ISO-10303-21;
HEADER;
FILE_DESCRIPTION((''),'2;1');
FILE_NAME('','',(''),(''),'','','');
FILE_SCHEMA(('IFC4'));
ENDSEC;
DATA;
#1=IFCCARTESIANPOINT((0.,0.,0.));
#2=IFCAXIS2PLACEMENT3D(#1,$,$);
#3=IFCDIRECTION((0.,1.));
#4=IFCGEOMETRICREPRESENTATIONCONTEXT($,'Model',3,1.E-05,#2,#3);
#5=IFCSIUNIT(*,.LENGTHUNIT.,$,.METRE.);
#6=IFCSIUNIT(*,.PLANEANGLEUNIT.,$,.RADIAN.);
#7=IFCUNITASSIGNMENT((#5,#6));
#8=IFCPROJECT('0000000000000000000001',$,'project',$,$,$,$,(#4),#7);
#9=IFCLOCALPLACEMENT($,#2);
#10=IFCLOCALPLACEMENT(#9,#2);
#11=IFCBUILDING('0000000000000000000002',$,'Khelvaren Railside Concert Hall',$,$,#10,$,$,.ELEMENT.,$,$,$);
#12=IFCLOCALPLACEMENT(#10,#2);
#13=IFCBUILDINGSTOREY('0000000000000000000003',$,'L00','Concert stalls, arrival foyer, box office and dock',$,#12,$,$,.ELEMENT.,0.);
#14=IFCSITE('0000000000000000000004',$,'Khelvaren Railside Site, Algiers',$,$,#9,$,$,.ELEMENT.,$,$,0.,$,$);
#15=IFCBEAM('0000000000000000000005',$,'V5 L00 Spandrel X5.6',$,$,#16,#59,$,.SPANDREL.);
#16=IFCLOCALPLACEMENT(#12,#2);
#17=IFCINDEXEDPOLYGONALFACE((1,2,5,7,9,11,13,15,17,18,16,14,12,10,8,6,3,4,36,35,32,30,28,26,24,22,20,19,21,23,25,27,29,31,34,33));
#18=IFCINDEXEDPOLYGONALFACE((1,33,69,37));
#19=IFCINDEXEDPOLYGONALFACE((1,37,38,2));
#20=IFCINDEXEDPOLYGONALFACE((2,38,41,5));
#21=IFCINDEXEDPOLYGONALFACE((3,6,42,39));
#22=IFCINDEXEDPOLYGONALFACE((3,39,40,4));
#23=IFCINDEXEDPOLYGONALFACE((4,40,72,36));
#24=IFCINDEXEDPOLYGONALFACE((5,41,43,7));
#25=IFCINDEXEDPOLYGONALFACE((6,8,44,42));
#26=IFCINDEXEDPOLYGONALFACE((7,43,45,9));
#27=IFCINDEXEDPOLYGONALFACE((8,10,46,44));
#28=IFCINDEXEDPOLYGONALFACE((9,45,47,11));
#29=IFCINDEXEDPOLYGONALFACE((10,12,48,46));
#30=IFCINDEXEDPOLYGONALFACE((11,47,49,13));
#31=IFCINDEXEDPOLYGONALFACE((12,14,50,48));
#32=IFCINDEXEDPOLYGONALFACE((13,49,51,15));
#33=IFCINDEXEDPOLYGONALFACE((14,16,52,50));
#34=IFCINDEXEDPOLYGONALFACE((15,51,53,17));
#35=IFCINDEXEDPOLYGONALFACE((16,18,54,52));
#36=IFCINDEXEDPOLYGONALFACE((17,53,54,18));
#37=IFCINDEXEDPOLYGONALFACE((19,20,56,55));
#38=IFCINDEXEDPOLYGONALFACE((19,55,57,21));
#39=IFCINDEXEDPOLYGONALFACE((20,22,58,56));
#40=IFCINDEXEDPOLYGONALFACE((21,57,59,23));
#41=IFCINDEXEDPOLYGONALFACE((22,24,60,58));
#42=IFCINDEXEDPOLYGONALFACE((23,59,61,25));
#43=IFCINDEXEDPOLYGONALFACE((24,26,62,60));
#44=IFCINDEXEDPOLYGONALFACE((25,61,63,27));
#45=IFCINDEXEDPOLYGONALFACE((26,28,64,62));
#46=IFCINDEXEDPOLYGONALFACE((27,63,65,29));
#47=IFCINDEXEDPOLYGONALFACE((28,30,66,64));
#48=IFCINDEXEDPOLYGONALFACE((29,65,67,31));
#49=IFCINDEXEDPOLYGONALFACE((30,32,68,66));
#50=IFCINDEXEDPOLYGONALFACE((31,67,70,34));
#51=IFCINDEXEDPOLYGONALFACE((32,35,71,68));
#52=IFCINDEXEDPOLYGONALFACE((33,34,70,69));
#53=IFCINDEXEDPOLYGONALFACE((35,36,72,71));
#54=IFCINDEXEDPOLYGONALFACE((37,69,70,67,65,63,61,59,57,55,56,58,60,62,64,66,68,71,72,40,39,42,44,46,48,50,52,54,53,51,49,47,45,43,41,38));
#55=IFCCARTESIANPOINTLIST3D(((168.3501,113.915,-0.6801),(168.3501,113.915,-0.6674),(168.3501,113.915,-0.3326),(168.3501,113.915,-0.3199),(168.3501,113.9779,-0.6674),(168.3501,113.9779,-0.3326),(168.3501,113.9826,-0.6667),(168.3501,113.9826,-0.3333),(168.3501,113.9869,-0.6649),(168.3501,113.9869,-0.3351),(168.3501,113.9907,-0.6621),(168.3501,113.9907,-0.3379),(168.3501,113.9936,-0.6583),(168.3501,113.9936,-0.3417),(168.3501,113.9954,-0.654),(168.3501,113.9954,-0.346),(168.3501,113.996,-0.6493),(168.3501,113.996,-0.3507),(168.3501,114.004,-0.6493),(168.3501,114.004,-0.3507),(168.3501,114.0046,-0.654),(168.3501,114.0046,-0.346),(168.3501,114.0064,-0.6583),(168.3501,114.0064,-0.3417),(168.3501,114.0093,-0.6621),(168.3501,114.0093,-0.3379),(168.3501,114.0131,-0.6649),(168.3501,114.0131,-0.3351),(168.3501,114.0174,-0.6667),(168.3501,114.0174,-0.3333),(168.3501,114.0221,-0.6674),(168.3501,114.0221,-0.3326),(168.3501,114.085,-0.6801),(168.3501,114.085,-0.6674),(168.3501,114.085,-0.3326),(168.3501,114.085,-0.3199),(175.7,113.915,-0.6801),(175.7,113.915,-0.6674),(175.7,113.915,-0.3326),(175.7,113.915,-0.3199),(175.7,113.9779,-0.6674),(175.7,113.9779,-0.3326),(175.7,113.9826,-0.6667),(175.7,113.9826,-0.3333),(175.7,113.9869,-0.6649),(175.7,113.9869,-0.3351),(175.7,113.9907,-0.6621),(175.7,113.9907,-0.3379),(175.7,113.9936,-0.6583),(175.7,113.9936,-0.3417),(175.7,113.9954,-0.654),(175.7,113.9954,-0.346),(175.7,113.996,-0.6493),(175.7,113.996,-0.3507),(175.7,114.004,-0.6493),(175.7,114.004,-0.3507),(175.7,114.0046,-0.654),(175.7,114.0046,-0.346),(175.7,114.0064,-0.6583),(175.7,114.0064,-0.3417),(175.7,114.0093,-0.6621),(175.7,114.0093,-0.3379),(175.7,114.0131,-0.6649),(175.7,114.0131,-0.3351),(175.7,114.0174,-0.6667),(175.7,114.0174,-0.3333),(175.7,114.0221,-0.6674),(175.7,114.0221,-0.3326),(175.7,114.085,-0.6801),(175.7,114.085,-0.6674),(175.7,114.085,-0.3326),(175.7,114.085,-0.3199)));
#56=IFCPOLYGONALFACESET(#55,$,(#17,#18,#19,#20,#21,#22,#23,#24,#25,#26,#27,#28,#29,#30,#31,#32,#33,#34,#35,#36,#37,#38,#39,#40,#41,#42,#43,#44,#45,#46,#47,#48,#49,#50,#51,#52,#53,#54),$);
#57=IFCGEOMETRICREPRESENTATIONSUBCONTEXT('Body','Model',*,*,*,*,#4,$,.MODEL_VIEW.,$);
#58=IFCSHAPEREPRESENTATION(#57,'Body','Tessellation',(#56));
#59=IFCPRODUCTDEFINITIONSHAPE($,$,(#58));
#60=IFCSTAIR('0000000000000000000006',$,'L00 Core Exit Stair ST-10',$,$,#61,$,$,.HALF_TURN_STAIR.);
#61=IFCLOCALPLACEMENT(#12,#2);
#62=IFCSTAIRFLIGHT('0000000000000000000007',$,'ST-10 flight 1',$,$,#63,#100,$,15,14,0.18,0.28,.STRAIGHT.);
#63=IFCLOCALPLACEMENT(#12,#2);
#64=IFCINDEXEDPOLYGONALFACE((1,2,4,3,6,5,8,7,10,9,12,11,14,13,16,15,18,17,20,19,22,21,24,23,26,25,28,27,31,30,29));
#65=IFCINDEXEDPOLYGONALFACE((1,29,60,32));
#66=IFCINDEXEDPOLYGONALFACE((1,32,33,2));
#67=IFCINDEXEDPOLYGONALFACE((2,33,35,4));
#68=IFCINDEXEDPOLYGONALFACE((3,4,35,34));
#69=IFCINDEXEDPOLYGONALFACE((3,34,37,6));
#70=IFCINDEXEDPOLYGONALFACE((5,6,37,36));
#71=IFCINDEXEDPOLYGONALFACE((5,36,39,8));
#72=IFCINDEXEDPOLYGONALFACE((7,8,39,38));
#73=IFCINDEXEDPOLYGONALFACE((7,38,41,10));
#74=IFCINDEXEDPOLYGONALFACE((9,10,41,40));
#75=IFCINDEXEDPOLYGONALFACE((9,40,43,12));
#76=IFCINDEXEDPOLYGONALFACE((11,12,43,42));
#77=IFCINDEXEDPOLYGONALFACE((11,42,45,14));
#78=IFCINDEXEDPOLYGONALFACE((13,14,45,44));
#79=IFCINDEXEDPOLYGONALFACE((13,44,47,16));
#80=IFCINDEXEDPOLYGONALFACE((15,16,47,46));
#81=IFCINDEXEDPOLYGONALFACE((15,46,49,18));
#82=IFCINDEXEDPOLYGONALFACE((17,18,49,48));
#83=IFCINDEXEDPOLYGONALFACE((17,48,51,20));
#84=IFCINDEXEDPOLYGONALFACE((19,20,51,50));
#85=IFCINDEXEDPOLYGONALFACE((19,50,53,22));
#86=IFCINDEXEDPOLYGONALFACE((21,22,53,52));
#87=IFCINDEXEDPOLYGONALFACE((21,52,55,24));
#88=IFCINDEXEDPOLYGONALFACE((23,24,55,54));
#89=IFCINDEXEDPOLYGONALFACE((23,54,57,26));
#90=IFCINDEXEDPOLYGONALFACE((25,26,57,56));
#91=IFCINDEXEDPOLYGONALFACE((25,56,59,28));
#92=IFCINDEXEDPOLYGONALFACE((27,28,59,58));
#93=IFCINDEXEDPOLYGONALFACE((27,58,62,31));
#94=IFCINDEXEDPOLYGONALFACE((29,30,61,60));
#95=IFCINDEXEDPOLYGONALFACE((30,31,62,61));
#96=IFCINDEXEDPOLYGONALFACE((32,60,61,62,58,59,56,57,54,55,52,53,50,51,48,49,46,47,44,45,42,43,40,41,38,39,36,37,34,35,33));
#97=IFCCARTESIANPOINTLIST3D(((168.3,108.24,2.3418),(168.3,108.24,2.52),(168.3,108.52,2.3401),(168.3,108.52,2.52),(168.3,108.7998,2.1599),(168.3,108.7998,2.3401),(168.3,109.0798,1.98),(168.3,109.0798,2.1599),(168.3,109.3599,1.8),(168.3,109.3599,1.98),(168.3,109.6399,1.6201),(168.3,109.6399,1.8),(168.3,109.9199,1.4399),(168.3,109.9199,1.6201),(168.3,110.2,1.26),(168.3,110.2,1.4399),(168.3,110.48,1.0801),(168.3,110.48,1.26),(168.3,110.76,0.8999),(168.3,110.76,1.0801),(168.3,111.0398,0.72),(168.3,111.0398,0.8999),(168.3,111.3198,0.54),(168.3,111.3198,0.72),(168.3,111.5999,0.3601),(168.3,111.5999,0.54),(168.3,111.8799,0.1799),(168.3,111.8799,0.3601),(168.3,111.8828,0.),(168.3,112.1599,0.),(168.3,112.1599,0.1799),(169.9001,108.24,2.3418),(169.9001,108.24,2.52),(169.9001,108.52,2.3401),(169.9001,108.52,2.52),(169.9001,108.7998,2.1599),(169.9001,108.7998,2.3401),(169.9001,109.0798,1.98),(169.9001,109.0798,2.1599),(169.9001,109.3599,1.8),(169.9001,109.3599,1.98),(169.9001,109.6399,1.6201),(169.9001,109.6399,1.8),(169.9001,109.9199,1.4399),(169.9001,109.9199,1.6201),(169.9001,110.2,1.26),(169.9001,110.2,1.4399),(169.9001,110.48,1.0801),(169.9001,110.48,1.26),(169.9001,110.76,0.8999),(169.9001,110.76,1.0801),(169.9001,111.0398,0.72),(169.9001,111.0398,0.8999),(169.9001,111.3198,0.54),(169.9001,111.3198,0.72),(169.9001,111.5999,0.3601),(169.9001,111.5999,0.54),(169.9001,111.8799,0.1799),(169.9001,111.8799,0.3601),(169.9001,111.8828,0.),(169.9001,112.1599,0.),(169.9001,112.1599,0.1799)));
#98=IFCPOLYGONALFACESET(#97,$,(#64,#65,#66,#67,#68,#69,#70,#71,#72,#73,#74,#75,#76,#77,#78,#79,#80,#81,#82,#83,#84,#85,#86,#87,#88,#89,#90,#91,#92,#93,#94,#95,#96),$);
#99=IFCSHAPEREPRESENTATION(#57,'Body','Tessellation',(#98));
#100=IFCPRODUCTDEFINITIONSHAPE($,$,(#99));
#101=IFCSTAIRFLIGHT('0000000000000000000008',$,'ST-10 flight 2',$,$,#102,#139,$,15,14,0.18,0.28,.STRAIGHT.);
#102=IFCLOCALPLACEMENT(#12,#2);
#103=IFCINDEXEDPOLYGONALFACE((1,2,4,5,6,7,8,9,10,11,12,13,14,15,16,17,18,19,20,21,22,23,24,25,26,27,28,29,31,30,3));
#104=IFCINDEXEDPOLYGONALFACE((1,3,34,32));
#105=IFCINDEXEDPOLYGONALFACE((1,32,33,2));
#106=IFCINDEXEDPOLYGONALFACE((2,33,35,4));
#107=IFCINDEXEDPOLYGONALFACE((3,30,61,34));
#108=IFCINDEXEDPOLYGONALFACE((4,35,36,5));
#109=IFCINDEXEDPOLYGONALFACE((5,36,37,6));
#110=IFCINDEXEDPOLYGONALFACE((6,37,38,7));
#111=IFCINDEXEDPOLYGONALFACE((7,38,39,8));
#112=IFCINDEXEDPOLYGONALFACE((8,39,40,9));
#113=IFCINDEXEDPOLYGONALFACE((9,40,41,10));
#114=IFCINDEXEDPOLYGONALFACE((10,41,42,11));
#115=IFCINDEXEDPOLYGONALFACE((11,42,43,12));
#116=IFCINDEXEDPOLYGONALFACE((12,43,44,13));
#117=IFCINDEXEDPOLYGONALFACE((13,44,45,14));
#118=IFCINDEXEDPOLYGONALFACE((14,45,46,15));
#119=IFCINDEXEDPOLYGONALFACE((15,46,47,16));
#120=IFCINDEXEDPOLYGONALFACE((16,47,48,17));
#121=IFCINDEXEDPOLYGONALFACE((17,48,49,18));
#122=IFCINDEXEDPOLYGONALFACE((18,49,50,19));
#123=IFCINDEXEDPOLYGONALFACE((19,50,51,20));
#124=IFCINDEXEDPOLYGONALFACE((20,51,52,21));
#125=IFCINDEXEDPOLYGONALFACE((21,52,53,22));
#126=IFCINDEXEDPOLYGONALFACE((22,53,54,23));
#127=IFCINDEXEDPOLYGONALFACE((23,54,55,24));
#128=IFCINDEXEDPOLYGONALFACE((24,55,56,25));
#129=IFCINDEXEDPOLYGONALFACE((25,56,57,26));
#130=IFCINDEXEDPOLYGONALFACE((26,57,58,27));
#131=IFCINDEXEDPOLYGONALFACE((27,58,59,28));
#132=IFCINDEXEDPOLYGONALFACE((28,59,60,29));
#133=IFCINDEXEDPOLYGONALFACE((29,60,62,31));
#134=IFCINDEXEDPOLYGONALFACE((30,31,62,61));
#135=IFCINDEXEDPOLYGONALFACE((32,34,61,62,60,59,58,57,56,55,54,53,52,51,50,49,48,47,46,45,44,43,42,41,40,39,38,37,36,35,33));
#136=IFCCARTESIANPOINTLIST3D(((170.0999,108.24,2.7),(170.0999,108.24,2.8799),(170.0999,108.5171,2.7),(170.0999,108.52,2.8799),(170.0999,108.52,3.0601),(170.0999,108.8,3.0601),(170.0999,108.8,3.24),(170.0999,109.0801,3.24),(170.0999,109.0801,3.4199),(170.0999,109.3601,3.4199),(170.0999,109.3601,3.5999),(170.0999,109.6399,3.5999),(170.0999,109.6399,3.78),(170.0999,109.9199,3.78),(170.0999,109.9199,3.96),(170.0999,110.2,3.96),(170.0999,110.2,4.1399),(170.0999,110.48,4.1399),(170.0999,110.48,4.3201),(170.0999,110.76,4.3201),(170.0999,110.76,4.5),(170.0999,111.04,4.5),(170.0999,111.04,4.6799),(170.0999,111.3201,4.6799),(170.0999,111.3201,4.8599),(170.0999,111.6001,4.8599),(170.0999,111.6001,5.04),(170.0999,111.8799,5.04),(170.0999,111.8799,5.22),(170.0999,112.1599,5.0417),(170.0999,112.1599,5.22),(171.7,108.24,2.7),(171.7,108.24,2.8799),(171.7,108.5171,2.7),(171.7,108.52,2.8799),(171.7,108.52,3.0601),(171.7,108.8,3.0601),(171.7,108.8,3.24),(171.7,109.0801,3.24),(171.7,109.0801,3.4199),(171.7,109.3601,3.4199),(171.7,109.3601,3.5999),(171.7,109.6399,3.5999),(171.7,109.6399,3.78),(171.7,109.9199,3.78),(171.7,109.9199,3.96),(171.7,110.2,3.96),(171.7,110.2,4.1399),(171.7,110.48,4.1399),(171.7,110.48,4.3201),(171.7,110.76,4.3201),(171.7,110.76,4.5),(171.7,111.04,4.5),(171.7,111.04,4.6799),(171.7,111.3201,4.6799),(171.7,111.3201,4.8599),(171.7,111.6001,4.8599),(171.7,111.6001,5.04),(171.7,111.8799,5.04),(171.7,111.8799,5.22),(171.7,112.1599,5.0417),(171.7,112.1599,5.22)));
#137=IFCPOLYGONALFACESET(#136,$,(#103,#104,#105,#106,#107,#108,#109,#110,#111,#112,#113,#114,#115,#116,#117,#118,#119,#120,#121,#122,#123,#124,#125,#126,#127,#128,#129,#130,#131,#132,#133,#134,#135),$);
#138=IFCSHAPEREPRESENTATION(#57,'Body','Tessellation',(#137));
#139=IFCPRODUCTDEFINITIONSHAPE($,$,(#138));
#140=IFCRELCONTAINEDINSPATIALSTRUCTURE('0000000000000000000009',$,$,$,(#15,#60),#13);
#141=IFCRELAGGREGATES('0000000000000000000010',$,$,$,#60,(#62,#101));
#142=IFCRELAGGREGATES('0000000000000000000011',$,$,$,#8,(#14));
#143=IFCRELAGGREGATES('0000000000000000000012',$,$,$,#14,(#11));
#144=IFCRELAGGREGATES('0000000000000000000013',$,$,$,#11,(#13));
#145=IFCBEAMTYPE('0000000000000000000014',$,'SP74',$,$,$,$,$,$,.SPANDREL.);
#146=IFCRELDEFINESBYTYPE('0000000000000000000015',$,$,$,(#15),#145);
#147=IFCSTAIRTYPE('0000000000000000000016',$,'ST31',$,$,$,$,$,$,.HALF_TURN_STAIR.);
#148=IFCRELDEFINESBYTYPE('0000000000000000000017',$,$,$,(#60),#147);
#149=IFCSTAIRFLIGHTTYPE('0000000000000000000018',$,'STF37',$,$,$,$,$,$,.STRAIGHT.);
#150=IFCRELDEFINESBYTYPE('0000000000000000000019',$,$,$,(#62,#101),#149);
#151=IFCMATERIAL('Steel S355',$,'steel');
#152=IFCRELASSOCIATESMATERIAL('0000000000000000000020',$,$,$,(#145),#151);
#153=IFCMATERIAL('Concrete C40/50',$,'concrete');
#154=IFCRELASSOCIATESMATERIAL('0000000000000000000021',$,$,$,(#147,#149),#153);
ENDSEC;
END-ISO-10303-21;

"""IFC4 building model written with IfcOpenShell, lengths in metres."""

from ifc_helpers import new_model, si_unit, direction, frame, origin, origin_2d, place, context, subcontext, project, spatial, polyline, i_section, outline, extrude, material, material_profile, profile_set, type_object, element, aggregate, save


model = new_model("IFC4")

# Units and contexts
model_context = context("Model", 3, precision=1e-05, world=origin(), true_north=direction((0.0, 1.0)))
body_context = subcontext(model_context, "Body", "Model", "MODEL_VIEW")
ifc_project = project(units=[si_unit("LENGTHUNIT", "METRE"), si_unit("PLANEANGLEUNIT", "RADIAN")], contexts=[model_context])

# Site, building, storey
site_placement = place(None, origin())
site = spatial("IfcSite", under=ifc_project, at=site_placement, Name="Khelvaren Railside Site, Algiers", CompositionType="ELEMENT", RefElevation=0.0)
building_placement = place(site_placement, origin())
building = spatial("IfcBuilding", under=site, at=building_placement, Name="Khelvaren Railside Concert Hall", CompositionType="ELEMENT")
storey_placement = place(building_placement, origin())
storey = spatial("IfcBuildingStorey", under=building, at=storey_placement, Name="L00", Description="Concert stalls, arrival foyer, box office and dock", CompositionType="ELEMENT", Elevation=0.0)

# Beam
ifc_material_1 = material(Name="Steel S355", Category="steel")
ifc_material_profile_1 = material_profile(ifc_material_1, i_section(OverallWidth=0.1699, OverallDepth=0.3601, WebThickness=0.0081, FlangeThickness=0.0127, FilletRadius=0.0181, at=origin_2d()), Name="IPE 360")
ifc_profile_set_1 = profile_set([ifc_material_profile_1], Name="Steel S355")
beam_type_1 = type_object("IfcBeamType", Name="SP74", PredefinedType="SPANDREL", material=ifc_profile_set_1)
beam_1_placement = place(storey_placement, frame((168.3501, 114.0, -0.5), z_axis=(1.0, 0.0, 0.0), x_axis=(0.0, 1.0, 0.0)))
element("IfcBeam", 1, at=beam_1_placement, inside=storey, type_object=beam_type_1, Name="V5 L00 Spandrel X5.6", PredefinedType="SPANDREL", context=body_context, shape_type="SweptSolid", body=[
    extrude(i_section(OverallWidth=0.1699, OverallDepth=0.3601, WebThickness=0.0081, FlangeThickness=0.0127, FilletRadius=0.0181, at=origin_2d()), origin(), (0.0, 0.0, 1.0), 7.3499),
])

# Stair, stair flights
ifc_material_2 = material(Name="Concrete C40/50", Category="concrete")
stair_type = type_object("IfcStairType", Name="ST31", PredefinedType="HALF_TURN_STAIR", material=ifc_material_2)
stair_placement = place(storey_placement, origin())
stair = element("IfcStair", 2, at=stair_placement, inside=storey, type_object=stair_type, Name="L00 Core Exit Stair ST-10", PredefinedType="HALF_TURN_STAIR")
stair_flight_type = type_object("IfcStairFlightType", Name="STF37", PredefinedType="STRAIGHT", material=ifc_material_2)
stair_flight_1_placement = place(storey_placement, frame((169.1001, 112.1599, 0.0), z_axis=(0.0, 0.0, 1.0), x_axis=(0.0, -1.0, 0.0)))
stair_flight_1 = element("IfcStairFlight", 3, at=stair_flight_1_placement, type_object=stair_flight_type, Name="ST-10 flight 1", NumberOfRisers=15, NumberOfTreads=14, PredefinedType="STRAIGHT", RiserHeight=0.18, TreadLength=0.28, context=body_context, shape_type="SweptSolid", body=[
    extrude(outline(polyline([(0.0, 0.0), (0.0, 0.1799), (0.28, 0.1799), (0.28, 0.3601), (0.5601, 0.3601), (0.5601, 0.54), (0.8401, 0.54), (0.8401, 0.72), (1.1201, 0.72), (1.1201, 0.8999), (1.3999, 0.8999), (1.3999, 1.0801), (1.6799, 1.0801), (1.6799, 1.26), (1.96, 1.26), (1.96, 1.4399), (2.24, 1.4399), (2.24, 1.6201), (2.52, 1.6201), (2.52, 1.8), (2.8, 1.8), (2.8, 1.98), (3.0801, 1.98), (3.0801, 2.1599), (3.3601, 2.1599), (3.3601, 2.3401), (3.6399, 2.3401), (3.6399, 2.52), (3.9199, 2.52), (3.9199, 2.7), (3.9199, 2.3418), (0.2771, 0.0), (0.0, 0.0)])), frame((0.0, 0.8, 0.0), z_axis=(0.0, -1.0, 0.0), x_axis=(1.0, 0.0, 0.0)), (0.0, 0.0, 1.0), 1.6001),
])
stair_flight_2_placement = place(storey_placement, frame((170.8999, 108.24, 2.7), z_axis=(0.0, 0.0, 1.0), x_axis=(0.0, 1.0, 0.0)))
stair_flight_2 = element("IfcStairFlight", 4, at=stair_flight_2_placement, type_object=stair_flight_type, Name="ST-10 flight 2", NumberOfRisers=15, NumberOfTreads=14, PredefinedType="STRAIGHT", RiserHeight=0.18, TreadLength=0.28, context=body_context, shape_type="SweptSolid", body=[
    extrude(outline(polyline([(0.0, 0.0), (0.0, 0.1799), (0.28, 0.1799), (0.28, 0.3601), (0.5601, 0.3601), (0.5601, 0.54), (0.8401, 0.54), (0.8401, 0.72), (1.1201, 0.72), (1.1201, 0.8999), (1.3999, 0.8999), (1.3999, 1.0801), (1.6799, 1.0801), (1.6799, 1.26), (1.96, 1.26), (1.96, 1.4399), (2.24, 1.4399), (2.24, 1.6201), (2.52, 1.6201), (2.52, 1.8), (2.8, 1.8), (2.8, 1.98), (3.0801, 1.98), (3.0801, 2.1599), (3.3601, 2.1599), (3.3601, 2.3401), (3.6399, 2.3401), (3.6399, 2.52), (3.9199, 2.52), (3.9199, 2.7), (3.9199, 2.3418), (0.2771, 0.0), (0.0, 0.0)])), frame((0.0, 0.8, 0.0), z_axis=(0.0, -1.0, 0.0), x_axis=(1.0, 0.0, 0.0)), (0.0, 0.0, 1.0), 1.6001),
])
aggregate(stair, [stair_flight_1, stair_flight_2])

save(model, "model.ifc")
